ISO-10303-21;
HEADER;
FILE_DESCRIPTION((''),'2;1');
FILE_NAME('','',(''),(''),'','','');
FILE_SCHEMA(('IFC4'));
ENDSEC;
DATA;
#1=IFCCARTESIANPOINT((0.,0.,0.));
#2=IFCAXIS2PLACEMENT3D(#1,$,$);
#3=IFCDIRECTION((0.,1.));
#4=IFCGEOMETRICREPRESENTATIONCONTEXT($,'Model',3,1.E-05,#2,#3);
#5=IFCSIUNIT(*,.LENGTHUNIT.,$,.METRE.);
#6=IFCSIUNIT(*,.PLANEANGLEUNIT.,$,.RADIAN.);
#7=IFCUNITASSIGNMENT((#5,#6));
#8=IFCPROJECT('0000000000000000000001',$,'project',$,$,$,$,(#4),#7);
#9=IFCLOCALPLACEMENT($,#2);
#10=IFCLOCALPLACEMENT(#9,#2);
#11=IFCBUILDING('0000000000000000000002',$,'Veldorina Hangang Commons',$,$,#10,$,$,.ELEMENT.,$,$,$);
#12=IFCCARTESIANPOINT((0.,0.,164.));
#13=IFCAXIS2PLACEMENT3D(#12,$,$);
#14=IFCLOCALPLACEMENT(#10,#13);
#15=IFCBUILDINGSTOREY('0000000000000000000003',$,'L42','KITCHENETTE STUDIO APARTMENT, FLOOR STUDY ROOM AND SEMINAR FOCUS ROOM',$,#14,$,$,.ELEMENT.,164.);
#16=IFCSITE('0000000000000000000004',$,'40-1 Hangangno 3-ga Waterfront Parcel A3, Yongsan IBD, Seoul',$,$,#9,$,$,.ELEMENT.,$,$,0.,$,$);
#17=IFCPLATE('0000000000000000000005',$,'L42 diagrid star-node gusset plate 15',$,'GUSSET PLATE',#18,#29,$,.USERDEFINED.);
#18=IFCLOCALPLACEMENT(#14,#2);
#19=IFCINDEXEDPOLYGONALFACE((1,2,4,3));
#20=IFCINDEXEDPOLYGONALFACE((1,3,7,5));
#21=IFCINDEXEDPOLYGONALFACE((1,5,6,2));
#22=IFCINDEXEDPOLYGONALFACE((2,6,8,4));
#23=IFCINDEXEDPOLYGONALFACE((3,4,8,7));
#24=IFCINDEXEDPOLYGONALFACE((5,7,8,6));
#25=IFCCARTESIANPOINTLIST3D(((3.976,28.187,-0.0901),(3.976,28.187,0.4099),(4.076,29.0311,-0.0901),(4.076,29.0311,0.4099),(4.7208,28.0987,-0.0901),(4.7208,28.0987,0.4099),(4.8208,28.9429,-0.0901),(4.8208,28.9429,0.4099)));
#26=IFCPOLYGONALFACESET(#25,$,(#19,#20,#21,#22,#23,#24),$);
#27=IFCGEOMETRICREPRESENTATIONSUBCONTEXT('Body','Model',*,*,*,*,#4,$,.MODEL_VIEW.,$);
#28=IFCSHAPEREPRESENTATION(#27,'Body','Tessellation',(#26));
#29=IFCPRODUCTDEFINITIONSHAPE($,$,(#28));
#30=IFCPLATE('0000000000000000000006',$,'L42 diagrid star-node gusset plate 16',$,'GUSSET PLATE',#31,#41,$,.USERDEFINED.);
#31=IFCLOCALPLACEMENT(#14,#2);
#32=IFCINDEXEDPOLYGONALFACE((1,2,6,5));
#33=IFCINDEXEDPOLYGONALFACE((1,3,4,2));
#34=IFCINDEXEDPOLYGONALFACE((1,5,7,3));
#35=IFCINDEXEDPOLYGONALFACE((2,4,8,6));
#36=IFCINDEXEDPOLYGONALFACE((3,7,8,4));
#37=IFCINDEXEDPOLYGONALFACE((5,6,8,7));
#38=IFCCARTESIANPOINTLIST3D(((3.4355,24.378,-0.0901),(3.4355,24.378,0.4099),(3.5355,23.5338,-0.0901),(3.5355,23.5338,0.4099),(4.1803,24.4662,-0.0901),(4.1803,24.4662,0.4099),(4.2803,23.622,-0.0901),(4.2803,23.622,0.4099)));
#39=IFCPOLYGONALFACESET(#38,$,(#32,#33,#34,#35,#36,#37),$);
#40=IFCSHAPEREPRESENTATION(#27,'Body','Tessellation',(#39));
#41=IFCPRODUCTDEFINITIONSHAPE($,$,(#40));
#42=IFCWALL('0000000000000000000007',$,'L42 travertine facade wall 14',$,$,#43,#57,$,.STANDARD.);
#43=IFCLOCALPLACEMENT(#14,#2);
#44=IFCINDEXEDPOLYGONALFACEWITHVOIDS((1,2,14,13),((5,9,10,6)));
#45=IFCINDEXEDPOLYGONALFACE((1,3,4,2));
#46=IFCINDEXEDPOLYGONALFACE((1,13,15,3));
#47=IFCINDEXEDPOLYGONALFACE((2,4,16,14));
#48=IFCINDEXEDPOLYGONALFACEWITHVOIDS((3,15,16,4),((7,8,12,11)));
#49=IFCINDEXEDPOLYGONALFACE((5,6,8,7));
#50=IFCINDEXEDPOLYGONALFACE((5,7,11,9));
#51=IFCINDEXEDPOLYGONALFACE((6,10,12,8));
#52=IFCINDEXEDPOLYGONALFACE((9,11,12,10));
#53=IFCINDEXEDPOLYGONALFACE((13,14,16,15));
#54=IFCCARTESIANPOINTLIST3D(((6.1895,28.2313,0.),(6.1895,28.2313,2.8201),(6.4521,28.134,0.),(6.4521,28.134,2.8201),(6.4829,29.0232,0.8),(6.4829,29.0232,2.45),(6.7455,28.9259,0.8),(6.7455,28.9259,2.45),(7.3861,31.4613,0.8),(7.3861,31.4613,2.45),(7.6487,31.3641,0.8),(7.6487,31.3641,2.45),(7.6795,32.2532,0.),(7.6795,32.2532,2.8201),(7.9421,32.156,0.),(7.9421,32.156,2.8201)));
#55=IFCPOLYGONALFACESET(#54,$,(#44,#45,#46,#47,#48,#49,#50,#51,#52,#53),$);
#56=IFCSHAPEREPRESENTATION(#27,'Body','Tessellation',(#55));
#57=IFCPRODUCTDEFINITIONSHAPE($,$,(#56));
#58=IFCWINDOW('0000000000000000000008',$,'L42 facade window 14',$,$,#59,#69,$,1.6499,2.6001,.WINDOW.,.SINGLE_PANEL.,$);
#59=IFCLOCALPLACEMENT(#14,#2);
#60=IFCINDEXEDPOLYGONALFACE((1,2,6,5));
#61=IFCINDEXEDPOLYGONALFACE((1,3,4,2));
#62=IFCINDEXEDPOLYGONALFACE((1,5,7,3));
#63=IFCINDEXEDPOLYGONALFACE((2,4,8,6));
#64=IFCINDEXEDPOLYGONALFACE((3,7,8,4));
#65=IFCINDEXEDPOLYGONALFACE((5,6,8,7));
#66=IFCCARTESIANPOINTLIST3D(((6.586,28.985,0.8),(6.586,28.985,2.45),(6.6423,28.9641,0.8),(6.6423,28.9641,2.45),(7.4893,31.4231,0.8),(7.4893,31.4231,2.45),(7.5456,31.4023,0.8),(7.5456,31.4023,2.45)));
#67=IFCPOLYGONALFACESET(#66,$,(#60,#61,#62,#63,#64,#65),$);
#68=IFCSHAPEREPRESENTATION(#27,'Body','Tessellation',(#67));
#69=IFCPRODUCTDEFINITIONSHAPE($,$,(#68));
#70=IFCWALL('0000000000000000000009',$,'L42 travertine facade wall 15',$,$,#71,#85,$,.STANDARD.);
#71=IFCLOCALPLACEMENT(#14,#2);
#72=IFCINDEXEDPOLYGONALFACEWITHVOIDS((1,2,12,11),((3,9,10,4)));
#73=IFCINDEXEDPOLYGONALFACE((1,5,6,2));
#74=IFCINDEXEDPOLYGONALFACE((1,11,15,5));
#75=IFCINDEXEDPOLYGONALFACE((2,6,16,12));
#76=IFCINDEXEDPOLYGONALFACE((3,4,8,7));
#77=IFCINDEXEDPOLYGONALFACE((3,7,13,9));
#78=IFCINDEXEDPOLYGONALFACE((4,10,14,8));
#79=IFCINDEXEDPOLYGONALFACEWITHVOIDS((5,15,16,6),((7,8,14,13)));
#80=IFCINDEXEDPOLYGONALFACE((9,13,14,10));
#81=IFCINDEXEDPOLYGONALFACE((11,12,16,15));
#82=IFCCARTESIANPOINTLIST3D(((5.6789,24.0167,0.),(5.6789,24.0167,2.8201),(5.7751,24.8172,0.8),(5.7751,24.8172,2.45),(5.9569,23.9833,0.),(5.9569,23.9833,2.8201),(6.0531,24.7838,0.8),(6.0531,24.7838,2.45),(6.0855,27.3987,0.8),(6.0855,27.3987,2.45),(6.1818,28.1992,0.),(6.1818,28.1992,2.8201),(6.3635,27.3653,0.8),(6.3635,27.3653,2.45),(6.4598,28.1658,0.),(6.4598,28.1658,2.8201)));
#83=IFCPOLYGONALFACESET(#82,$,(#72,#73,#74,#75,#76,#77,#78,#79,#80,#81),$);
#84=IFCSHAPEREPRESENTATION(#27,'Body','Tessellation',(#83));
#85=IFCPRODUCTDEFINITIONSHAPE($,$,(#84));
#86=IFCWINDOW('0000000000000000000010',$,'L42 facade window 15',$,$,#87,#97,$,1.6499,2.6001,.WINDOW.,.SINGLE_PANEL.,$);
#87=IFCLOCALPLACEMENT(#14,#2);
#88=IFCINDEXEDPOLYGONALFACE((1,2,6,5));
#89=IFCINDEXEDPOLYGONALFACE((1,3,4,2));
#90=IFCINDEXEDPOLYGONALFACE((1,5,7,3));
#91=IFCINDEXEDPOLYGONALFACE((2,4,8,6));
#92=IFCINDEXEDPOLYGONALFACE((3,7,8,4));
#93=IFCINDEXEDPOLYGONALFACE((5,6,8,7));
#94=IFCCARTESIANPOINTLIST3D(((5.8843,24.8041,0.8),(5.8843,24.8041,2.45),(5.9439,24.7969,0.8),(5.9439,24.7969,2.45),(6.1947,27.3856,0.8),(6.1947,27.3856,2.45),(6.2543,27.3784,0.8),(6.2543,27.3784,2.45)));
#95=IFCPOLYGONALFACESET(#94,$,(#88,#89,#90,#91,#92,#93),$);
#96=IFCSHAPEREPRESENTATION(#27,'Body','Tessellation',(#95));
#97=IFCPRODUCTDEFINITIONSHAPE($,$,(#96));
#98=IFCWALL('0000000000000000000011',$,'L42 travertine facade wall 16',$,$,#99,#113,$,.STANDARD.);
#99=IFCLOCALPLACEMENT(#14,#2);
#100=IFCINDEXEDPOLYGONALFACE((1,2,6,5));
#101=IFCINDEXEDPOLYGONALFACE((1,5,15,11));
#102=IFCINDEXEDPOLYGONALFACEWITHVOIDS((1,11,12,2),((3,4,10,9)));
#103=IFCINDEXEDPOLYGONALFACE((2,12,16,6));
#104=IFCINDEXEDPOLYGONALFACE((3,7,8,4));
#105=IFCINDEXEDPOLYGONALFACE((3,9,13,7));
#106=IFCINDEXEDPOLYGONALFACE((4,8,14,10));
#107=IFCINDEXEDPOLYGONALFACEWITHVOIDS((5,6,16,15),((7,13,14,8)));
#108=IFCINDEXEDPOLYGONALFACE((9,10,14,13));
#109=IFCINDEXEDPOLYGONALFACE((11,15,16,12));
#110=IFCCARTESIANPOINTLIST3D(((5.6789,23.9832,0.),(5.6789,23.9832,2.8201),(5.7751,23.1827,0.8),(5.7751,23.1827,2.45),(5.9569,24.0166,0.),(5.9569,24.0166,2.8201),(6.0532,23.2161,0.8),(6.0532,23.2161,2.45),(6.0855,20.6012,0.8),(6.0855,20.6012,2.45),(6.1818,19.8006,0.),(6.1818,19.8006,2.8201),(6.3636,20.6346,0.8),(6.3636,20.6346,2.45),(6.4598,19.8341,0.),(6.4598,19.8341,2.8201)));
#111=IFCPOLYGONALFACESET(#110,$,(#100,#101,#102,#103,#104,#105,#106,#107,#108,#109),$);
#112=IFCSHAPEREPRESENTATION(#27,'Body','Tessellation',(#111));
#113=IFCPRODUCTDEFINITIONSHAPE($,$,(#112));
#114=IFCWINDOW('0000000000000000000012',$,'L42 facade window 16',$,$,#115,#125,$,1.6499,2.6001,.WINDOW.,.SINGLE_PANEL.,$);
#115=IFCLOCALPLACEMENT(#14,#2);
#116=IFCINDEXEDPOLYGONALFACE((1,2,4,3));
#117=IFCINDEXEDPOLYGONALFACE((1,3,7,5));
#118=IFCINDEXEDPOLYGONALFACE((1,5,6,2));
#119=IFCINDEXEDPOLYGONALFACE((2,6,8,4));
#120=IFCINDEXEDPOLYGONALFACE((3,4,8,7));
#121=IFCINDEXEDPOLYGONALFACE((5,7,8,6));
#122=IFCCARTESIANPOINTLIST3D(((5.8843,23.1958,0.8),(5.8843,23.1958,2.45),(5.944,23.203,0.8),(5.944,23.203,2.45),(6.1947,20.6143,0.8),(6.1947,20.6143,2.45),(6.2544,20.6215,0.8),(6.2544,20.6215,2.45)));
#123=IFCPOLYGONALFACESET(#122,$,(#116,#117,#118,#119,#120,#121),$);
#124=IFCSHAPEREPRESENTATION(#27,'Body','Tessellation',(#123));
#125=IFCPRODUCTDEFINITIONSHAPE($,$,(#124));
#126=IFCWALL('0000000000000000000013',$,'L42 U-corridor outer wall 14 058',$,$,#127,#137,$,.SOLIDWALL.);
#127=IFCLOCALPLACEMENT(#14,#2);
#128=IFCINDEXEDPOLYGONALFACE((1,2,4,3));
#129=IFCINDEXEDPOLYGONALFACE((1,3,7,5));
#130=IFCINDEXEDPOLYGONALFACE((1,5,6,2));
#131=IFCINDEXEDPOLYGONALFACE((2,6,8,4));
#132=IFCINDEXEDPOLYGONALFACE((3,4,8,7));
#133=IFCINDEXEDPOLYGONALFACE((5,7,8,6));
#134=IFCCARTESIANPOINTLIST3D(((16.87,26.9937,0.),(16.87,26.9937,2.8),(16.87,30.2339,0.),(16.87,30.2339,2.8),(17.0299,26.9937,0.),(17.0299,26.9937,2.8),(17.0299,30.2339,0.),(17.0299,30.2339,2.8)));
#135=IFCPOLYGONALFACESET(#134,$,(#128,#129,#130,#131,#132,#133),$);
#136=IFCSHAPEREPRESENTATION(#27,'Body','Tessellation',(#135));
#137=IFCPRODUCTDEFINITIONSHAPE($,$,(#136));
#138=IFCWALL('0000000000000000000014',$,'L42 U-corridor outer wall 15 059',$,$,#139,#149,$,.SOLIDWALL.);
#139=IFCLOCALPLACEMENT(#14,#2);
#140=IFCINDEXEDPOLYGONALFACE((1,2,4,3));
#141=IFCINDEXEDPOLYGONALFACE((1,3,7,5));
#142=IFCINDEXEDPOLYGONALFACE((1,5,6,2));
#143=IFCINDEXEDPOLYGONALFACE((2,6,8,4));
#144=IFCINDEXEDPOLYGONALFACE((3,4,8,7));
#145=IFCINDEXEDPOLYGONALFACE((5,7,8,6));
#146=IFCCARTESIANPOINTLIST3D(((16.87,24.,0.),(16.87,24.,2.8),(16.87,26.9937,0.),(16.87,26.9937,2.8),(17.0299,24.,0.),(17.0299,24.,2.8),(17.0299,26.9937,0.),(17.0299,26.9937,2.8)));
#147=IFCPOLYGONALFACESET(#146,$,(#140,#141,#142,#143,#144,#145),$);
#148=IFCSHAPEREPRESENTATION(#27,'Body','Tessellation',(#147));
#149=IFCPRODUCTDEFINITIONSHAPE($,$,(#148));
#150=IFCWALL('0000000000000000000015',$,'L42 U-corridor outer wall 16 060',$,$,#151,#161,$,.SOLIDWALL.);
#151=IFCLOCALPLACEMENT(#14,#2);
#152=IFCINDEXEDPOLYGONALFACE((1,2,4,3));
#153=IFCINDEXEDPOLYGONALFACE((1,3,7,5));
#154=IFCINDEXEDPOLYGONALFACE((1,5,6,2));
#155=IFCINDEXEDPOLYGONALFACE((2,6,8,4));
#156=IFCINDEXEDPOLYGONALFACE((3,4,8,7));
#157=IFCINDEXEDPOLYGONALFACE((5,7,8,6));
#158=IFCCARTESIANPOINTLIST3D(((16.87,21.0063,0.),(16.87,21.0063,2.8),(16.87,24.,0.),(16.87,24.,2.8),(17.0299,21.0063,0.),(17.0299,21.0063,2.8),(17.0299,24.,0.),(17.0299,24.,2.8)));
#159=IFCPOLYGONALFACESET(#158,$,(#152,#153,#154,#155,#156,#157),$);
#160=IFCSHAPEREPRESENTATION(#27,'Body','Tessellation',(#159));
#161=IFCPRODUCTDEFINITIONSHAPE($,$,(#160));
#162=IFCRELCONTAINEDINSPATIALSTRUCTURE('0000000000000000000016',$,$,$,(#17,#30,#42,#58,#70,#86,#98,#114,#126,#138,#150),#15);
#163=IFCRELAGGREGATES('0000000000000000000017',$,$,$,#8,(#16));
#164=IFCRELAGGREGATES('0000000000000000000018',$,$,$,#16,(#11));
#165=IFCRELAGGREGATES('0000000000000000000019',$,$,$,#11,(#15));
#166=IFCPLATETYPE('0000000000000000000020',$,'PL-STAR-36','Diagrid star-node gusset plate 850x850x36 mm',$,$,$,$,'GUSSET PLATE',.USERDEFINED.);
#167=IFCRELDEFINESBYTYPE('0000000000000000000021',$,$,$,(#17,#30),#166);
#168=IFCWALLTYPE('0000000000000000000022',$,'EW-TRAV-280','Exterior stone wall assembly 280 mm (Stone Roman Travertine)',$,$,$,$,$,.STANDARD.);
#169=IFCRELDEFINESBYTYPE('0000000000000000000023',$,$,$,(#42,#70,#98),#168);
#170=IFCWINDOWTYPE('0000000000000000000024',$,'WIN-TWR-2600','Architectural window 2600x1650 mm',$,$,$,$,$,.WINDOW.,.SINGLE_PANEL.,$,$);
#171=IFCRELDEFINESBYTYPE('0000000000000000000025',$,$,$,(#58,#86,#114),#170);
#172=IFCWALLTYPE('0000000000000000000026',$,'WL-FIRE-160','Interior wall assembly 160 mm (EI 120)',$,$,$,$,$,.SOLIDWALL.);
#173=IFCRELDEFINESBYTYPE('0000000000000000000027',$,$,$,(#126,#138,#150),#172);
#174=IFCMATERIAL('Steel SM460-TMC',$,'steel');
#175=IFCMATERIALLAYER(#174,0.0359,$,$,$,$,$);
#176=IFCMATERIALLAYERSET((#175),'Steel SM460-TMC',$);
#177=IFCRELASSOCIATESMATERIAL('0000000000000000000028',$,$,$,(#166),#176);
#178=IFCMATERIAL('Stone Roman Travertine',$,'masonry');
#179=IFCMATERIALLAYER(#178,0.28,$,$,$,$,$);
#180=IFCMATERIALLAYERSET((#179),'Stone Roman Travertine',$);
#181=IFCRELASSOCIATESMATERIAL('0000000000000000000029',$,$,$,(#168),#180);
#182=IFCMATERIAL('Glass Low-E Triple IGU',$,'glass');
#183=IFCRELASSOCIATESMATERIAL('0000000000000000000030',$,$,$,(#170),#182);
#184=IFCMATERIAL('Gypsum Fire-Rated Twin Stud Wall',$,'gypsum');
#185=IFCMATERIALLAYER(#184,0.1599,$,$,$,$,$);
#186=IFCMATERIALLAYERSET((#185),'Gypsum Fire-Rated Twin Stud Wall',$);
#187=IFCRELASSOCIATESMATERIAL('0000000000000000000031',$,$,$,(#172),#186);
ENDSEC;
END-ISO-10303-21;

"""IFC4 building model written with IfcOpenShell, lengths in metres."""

from ifc_helpers import new_model, si_unit, direction, frame, frame_2d, origin, origin_2d, place, context, subcontext, project, spatial, rectangle, extrude, material, layer, layer_set, type_object, element, fill, save


model = new_model("IFC4")

# Units and contexts
model_context = context("Model", 3, precision=1e-05, world=origin(), true_north=direction((0.0, 1.0)))
body_context = subcontext(model_context, "Body", "Model", "MODEL_VIEW")
ifc_project = project(units=[si_unit("LENGTHUNIT", "METRE"), si_unit("PLANEANGLEUNIT", "RADIAN")], contexts=[model_context])

# Site, building, storey
site_placement = place(None, origin())
site = spatial("IfcSite", under=ifc_project, at=site_placement, Name="40-1 Hangangno 3-ga Waterfront Parcel A3, Yongsan IBD, Seoul", CompositionType="ELEMENT", RefElevation=0.0)
building_placement = place(site_placement, origin())
building = spatial("IfcBuilding", under=site, at=building_placement, Name="Veldorina Hangang Commons", CompositionType="ELEMENT")
storey_placement = place(building_placement, frame((0.0, 0.0, 164.0)))
storey = spatial("IfcBuildingStorey", under=building, at=storey_placement, Name="L42", Description="KITCHENETTE STUDIO APARTMENT, FLOOR STUDY ROOM AND SEMINAR FOCUS ROOM", CompositionType="ELEMENT", Elevation=164.0)

# Plates
ifc_material_1 = material(Name="Steel SM460-TMC", Category="steel")
ifc_layer_1 = layer(ifc_material_1, 0.0359)
ifc_layer_set_1 = layer_set([ifc_layer_1], Name="Steel SM460-TMC")
plate_type = type_object("IfcPlateType", Name="PL-STAR-36", Description="Diagrid star-node gusset plate 850x850x36 mm", ElementType="GUSSET PLATE", PredefinedType="USERDEFINED", material=ifc_layer_set_1)
for number, where, z_axis, x_axis, name in (
    (1, (4.3984, 28.5649, -0.0901), (0.0, 0.0, 1.0), (-0.117624, -0.993058, 0.0), "L42 diagrid star-node gusset plate 15"),
    (2, (3.8579, 24.0, -0.0901), (0.0, 0.0, 1.0), (0.117624, -0.993058, 0.0), "L42 diagrid star-node gusset plate 16"),
):
    element("IfcPlate", number, at=place(storey_placement, frame(where, z_axis=z_axis, x_axis=x_axis)), inside=storey, type_object=plate_type, Name=name, ObjectType="GUSSET PLATE", PredefinedType="USERDEFINED", context=body_context, shape_type="SweptSolid", body=[
        extrude(rectangle(XDim=0.8501, YDim=0.75, at=origin_2d()), origin(), (0.0, 0.0, 1.0), 0.5),
    ])

# Walls, openings, windows
ifc_material_2 = material(Name="Stone Roman Travertine", Category="masonry")
ifc_layer_2 = layer(ifc_material_2, 0.28)
ifc_layer_set_2 = layer_set([ifc_layer_2], Name="Stone Roman Travertine")
wall_type_1 = type_object("IfcWallType", Name="EW-TRAV-280", Description="Exterior stone wall assembly 280 mm (Stone Roman Travertine)", PredefinedType="STANDARD", material=ifc_layer_set_2)
wall_1_placement = place(storey_placement, frame((7.8108, 32.2046, 0.0), z_axis=(0.0, 0.0, 1.0), x_axis=(-0.34739, -0.937721, 0.0)))
wall_1 = element("IfcWall", 3, at=wall_1_placement, inside=storey, type_object=wall_type_1, Name="L42 travertine facade wall 14", PredefinedType="STANDARD", context=body_context, shape_type="SweptSolid", body=[
    extrude(rectangle(XDim=4.2891, YDim=0.28, at=frame_2d((2.1445, 0.0))), origin(), (0.0, 0.0, 1.0), 2.8201),
])
opening_1_placement = place(wall_1_placement, frame((0.8445, 0.0, 0.8)))
opening_1 = element("IfcOpeningElement", 4, at=opening_1_placement, cuts=wall_1, PredefinedType="OPENING", context=body_context, shape_type="SweptSolid", body=[
    extrude(rectangle(XDim=2.6001, YDim=1.6499, at=frame_2d((1.3, 0.825))), frame((0.0, 0.1499, 0.0), z_axis=(0.0, -1.0, 0.0), x_axis=(1.0, 0.0, 0.0)), (0.0, 0.0, 1.0), 0.3),
])
ifc_material_3 = material(Name="Glass Low-E Triple IGU", Category="glass")
window_type = type_object("IfcWindowType", Name="WIN-TWR-2600", Description="Architectural window 2600x1650 mm", PartitioningType="SINGLE_PANEL", PredefinedType="WINDOW", material=ifc_material_3)
window_1_placement = place(opening_1_placement, origin())
window_1 = element("IfcWindow", 5, at=window_1_placement, inside=storey, type_object=window_type, Name="L42 facade window 14", OverallHeight=1.6499, OverallWidth=2.6001, PartitioningType="SINGLE_PANEL", PredefinedType="WINDOW", context=body_context, shape_type="SweptSolid", body=[
    extrude(rectangle(XDim=2.6001, YDim=1.6499, at=frame_2d((1.3, 0.825))), frame((0.0, 0.03, 0.0), z_axis=(0.0, -1.0, 0.0), x_axis=(1.0, 0.0, 0.0)), (0.0, 0.0, 1.0), 0.0601),
])
fill(opening_1, window_1)
wall_2_placement = place(storey_placement, frame((6.3208, 28.1826, 0.0), z_axis=(0.0, 0.0, 1.0), x_axis=(-0.119383, -0.992848, 0.0)))
wall_2 = element("IfcWall", 6, at=wall_2_placement, inside=storey, type_object=wall_type_1, Name="L42 travertine facade wall 15", PredefinedType="STANDARD", context=body_context, shape_type="SweptSolid", body=[
    extrude(rectangle(XDim=4.2126, YDim=0.28, at=frame_2d((2.1064, 0.0))), origin(), (0.0, 0.0, 1.0), 2.8201),
])
opening_2_placement = place(wall_2_placement, frame((0.8064, 0.0, 0.8)))
opening_2 = element("IfcOpeningElement", 7, at=opening_2_placement, cuts=wall_2, PredefinedType="OPENING", context=body_context, shape_type="SweptSolid", body=[
    extrude(rectangle(XDim=2.6001, YDim=1.6499, at=frame_2d((1.3, 0.825))), frame((0.0, 0.1499, 0.0), z_axis=(0.0, -1.0, 0.0), x_axis=(1.0, 0.0, 0.0)), (0.0, 0.0, 1.0), 0.3),
])
window_2_placement = place(opening_2_placement, origin())
window_2 = element("IfcWindow", 8, at=window_2_placement, inside=storey, type_object=window_type, Name="L42 facade window 15", OverallHeight=1.6499, OverallWidth=2.6001, PartitioningType="SINGLE_PANEL", PredefinedType="WINDOW", context=body_context, shape_type="SweptSolid", body=[
    extrude(rectangle(XDim=2.6001, YDim=1.6499, at=frame_2d((1.3, 0.825))), frame((0.0, 0.03, 0.0), z_axis=(0.0, -1.0, 0.0), x_axis=(1.0, 0.0, 0.0)), (0.0, 0.0, 1.0), 0.0601),
])
fill(opening_2, window_2)
wall_3_placement = place(storey_placement, frame((5.8179, 24.0, 0.0), z_axis=(0.0, 0.0, 1.0), x_axis=(0.119383, -0.992848, 0.0)))
wall_3 = element("IfcWall", 9, at=wall_3_placement, inside=storey, type_object=wall_type_1, Name="L42 travertine facade wall 16", PredefinedType="STANDARD", context=body_context, shape_type="SweptSolid", body=[
    extrude(rectangle(XDim=4.2126, YDim=0.28, at=frame_2d((2.1064, 0.0))), origin(), (0.0, 0.0, 1.0), 2.8201),
])
opening_3_placement = place(wall_3_placement, frame((0.8064, 0.0, 0.8)))
opening_3 = element("IfcOpeningElement", 10, at=opening_3_placement, cuts=wall_3, PredefinedType="OPENING", context=body_context, shape_type="SweptSolid", body=[
    extrude(rectangle(XDim=2.6001, YDim=1.6499, at=frame_2d((1.3, 0.825))), frame((0.0, 0.1499, 0.0), z_axis=(0.0, -1.0, 0.0), x_axis=(1.0, 0.0, 0.0)), (0.0, 0.0, 1.0), 0.3),
])
window_3_placement = place(opening_3_placement, origin())
window_3 = element("IfcWindow", 11, at=window_3_placement, inside=storey, type_object=window_type, Name="L42 facade window 16", OverallHeight=1.6499, OverallWidth=2.6001, PartitioningType="SINGLE_PANEL", PredefinedType="WINDOW", context=body_context, shape_type="SweptSolid", body=[
    extrude(rectangle(XDim=2.6001, YDim=1.6499, at=frame_2d((1.3, 0.825))), frame((0.0, 0.03, 0.0), z_axis=(0.0, -1.0, 0.0), x_axis=(1.0, 0.0, 0.0)), (0.0, 0.0, 1.0), 0.0601),
])
fill(opening_3, window_3)

# Walls
ifc_material_4 = material(Name="Gypsum Fire-Rated Twin Stud Wall", Category="gypsum")
ifc_layer_3 = layer(ifc_material_4, 0.1599)
ifc_layer_set_3 = layer_set([ifc_layer_3], Name="Gypsum Fire-Rated Twin Stud Wall")
wall_type_2 = type_object("IfcWallType", Name="WL-FIRE-160", Description="Interior wall assembly 160 mm (EI 120)", PredefinedType="SOLIDWALL", material=ifc_layer_set_3)
wall_4_placement = place(storey_placement, frame((16.95, 30.2339, 0.0), z_axis=(0.0, 0.0, 1.0), x_axis=(0.0, -1.0, 0.0)))
element("IfcWall", 12, at=wall_4_placement, inside=storey, type_object=wall_type_2, Name="L42 U-corridor outer wall 14 058", PredefinedType="SOLIDWALL", context=body_context, shape_type="SweptSolid", body=[
    extrude(rectangle(XDim=3.2402, YDim=0.1599, at=frame_2d((1.6201, 0.0))), origin(), (0.0, 0.0, 1.0), 2.8),
])
for number, where, z_axis, x_axis, name in (
    (13, (16.95, 26.9937, 0.0), (0.0, 0.0, 1.0), (0.0, -1.0, 0.0), "L42 U-corridor outer wall 15 059"),
    (14, (16.95, 24.0, 0.0), (0.0, 0.0, 1.0), (0.0, -1.0, 0.0), "L42 U-corridor outer wall 16 060"),
):
    element("IfcWall", number, at=place(storey_placement, frame(where, z_axis=z_axis, x_axis=x_axis)), inside=storey, type_object=wall_type_2, Name=name, PredefinedType="SOLIDWALL", context=body_context, shape_type="SweptSolid", body=[
        extrude(rectangle(XDim=2.9937, YDim=0.1599, at=frame_2d((1.4968, 0.0))), origin(), (0.0, 0.0, 1.0), 2.8),
    ])

save(model, "model.ifc")
